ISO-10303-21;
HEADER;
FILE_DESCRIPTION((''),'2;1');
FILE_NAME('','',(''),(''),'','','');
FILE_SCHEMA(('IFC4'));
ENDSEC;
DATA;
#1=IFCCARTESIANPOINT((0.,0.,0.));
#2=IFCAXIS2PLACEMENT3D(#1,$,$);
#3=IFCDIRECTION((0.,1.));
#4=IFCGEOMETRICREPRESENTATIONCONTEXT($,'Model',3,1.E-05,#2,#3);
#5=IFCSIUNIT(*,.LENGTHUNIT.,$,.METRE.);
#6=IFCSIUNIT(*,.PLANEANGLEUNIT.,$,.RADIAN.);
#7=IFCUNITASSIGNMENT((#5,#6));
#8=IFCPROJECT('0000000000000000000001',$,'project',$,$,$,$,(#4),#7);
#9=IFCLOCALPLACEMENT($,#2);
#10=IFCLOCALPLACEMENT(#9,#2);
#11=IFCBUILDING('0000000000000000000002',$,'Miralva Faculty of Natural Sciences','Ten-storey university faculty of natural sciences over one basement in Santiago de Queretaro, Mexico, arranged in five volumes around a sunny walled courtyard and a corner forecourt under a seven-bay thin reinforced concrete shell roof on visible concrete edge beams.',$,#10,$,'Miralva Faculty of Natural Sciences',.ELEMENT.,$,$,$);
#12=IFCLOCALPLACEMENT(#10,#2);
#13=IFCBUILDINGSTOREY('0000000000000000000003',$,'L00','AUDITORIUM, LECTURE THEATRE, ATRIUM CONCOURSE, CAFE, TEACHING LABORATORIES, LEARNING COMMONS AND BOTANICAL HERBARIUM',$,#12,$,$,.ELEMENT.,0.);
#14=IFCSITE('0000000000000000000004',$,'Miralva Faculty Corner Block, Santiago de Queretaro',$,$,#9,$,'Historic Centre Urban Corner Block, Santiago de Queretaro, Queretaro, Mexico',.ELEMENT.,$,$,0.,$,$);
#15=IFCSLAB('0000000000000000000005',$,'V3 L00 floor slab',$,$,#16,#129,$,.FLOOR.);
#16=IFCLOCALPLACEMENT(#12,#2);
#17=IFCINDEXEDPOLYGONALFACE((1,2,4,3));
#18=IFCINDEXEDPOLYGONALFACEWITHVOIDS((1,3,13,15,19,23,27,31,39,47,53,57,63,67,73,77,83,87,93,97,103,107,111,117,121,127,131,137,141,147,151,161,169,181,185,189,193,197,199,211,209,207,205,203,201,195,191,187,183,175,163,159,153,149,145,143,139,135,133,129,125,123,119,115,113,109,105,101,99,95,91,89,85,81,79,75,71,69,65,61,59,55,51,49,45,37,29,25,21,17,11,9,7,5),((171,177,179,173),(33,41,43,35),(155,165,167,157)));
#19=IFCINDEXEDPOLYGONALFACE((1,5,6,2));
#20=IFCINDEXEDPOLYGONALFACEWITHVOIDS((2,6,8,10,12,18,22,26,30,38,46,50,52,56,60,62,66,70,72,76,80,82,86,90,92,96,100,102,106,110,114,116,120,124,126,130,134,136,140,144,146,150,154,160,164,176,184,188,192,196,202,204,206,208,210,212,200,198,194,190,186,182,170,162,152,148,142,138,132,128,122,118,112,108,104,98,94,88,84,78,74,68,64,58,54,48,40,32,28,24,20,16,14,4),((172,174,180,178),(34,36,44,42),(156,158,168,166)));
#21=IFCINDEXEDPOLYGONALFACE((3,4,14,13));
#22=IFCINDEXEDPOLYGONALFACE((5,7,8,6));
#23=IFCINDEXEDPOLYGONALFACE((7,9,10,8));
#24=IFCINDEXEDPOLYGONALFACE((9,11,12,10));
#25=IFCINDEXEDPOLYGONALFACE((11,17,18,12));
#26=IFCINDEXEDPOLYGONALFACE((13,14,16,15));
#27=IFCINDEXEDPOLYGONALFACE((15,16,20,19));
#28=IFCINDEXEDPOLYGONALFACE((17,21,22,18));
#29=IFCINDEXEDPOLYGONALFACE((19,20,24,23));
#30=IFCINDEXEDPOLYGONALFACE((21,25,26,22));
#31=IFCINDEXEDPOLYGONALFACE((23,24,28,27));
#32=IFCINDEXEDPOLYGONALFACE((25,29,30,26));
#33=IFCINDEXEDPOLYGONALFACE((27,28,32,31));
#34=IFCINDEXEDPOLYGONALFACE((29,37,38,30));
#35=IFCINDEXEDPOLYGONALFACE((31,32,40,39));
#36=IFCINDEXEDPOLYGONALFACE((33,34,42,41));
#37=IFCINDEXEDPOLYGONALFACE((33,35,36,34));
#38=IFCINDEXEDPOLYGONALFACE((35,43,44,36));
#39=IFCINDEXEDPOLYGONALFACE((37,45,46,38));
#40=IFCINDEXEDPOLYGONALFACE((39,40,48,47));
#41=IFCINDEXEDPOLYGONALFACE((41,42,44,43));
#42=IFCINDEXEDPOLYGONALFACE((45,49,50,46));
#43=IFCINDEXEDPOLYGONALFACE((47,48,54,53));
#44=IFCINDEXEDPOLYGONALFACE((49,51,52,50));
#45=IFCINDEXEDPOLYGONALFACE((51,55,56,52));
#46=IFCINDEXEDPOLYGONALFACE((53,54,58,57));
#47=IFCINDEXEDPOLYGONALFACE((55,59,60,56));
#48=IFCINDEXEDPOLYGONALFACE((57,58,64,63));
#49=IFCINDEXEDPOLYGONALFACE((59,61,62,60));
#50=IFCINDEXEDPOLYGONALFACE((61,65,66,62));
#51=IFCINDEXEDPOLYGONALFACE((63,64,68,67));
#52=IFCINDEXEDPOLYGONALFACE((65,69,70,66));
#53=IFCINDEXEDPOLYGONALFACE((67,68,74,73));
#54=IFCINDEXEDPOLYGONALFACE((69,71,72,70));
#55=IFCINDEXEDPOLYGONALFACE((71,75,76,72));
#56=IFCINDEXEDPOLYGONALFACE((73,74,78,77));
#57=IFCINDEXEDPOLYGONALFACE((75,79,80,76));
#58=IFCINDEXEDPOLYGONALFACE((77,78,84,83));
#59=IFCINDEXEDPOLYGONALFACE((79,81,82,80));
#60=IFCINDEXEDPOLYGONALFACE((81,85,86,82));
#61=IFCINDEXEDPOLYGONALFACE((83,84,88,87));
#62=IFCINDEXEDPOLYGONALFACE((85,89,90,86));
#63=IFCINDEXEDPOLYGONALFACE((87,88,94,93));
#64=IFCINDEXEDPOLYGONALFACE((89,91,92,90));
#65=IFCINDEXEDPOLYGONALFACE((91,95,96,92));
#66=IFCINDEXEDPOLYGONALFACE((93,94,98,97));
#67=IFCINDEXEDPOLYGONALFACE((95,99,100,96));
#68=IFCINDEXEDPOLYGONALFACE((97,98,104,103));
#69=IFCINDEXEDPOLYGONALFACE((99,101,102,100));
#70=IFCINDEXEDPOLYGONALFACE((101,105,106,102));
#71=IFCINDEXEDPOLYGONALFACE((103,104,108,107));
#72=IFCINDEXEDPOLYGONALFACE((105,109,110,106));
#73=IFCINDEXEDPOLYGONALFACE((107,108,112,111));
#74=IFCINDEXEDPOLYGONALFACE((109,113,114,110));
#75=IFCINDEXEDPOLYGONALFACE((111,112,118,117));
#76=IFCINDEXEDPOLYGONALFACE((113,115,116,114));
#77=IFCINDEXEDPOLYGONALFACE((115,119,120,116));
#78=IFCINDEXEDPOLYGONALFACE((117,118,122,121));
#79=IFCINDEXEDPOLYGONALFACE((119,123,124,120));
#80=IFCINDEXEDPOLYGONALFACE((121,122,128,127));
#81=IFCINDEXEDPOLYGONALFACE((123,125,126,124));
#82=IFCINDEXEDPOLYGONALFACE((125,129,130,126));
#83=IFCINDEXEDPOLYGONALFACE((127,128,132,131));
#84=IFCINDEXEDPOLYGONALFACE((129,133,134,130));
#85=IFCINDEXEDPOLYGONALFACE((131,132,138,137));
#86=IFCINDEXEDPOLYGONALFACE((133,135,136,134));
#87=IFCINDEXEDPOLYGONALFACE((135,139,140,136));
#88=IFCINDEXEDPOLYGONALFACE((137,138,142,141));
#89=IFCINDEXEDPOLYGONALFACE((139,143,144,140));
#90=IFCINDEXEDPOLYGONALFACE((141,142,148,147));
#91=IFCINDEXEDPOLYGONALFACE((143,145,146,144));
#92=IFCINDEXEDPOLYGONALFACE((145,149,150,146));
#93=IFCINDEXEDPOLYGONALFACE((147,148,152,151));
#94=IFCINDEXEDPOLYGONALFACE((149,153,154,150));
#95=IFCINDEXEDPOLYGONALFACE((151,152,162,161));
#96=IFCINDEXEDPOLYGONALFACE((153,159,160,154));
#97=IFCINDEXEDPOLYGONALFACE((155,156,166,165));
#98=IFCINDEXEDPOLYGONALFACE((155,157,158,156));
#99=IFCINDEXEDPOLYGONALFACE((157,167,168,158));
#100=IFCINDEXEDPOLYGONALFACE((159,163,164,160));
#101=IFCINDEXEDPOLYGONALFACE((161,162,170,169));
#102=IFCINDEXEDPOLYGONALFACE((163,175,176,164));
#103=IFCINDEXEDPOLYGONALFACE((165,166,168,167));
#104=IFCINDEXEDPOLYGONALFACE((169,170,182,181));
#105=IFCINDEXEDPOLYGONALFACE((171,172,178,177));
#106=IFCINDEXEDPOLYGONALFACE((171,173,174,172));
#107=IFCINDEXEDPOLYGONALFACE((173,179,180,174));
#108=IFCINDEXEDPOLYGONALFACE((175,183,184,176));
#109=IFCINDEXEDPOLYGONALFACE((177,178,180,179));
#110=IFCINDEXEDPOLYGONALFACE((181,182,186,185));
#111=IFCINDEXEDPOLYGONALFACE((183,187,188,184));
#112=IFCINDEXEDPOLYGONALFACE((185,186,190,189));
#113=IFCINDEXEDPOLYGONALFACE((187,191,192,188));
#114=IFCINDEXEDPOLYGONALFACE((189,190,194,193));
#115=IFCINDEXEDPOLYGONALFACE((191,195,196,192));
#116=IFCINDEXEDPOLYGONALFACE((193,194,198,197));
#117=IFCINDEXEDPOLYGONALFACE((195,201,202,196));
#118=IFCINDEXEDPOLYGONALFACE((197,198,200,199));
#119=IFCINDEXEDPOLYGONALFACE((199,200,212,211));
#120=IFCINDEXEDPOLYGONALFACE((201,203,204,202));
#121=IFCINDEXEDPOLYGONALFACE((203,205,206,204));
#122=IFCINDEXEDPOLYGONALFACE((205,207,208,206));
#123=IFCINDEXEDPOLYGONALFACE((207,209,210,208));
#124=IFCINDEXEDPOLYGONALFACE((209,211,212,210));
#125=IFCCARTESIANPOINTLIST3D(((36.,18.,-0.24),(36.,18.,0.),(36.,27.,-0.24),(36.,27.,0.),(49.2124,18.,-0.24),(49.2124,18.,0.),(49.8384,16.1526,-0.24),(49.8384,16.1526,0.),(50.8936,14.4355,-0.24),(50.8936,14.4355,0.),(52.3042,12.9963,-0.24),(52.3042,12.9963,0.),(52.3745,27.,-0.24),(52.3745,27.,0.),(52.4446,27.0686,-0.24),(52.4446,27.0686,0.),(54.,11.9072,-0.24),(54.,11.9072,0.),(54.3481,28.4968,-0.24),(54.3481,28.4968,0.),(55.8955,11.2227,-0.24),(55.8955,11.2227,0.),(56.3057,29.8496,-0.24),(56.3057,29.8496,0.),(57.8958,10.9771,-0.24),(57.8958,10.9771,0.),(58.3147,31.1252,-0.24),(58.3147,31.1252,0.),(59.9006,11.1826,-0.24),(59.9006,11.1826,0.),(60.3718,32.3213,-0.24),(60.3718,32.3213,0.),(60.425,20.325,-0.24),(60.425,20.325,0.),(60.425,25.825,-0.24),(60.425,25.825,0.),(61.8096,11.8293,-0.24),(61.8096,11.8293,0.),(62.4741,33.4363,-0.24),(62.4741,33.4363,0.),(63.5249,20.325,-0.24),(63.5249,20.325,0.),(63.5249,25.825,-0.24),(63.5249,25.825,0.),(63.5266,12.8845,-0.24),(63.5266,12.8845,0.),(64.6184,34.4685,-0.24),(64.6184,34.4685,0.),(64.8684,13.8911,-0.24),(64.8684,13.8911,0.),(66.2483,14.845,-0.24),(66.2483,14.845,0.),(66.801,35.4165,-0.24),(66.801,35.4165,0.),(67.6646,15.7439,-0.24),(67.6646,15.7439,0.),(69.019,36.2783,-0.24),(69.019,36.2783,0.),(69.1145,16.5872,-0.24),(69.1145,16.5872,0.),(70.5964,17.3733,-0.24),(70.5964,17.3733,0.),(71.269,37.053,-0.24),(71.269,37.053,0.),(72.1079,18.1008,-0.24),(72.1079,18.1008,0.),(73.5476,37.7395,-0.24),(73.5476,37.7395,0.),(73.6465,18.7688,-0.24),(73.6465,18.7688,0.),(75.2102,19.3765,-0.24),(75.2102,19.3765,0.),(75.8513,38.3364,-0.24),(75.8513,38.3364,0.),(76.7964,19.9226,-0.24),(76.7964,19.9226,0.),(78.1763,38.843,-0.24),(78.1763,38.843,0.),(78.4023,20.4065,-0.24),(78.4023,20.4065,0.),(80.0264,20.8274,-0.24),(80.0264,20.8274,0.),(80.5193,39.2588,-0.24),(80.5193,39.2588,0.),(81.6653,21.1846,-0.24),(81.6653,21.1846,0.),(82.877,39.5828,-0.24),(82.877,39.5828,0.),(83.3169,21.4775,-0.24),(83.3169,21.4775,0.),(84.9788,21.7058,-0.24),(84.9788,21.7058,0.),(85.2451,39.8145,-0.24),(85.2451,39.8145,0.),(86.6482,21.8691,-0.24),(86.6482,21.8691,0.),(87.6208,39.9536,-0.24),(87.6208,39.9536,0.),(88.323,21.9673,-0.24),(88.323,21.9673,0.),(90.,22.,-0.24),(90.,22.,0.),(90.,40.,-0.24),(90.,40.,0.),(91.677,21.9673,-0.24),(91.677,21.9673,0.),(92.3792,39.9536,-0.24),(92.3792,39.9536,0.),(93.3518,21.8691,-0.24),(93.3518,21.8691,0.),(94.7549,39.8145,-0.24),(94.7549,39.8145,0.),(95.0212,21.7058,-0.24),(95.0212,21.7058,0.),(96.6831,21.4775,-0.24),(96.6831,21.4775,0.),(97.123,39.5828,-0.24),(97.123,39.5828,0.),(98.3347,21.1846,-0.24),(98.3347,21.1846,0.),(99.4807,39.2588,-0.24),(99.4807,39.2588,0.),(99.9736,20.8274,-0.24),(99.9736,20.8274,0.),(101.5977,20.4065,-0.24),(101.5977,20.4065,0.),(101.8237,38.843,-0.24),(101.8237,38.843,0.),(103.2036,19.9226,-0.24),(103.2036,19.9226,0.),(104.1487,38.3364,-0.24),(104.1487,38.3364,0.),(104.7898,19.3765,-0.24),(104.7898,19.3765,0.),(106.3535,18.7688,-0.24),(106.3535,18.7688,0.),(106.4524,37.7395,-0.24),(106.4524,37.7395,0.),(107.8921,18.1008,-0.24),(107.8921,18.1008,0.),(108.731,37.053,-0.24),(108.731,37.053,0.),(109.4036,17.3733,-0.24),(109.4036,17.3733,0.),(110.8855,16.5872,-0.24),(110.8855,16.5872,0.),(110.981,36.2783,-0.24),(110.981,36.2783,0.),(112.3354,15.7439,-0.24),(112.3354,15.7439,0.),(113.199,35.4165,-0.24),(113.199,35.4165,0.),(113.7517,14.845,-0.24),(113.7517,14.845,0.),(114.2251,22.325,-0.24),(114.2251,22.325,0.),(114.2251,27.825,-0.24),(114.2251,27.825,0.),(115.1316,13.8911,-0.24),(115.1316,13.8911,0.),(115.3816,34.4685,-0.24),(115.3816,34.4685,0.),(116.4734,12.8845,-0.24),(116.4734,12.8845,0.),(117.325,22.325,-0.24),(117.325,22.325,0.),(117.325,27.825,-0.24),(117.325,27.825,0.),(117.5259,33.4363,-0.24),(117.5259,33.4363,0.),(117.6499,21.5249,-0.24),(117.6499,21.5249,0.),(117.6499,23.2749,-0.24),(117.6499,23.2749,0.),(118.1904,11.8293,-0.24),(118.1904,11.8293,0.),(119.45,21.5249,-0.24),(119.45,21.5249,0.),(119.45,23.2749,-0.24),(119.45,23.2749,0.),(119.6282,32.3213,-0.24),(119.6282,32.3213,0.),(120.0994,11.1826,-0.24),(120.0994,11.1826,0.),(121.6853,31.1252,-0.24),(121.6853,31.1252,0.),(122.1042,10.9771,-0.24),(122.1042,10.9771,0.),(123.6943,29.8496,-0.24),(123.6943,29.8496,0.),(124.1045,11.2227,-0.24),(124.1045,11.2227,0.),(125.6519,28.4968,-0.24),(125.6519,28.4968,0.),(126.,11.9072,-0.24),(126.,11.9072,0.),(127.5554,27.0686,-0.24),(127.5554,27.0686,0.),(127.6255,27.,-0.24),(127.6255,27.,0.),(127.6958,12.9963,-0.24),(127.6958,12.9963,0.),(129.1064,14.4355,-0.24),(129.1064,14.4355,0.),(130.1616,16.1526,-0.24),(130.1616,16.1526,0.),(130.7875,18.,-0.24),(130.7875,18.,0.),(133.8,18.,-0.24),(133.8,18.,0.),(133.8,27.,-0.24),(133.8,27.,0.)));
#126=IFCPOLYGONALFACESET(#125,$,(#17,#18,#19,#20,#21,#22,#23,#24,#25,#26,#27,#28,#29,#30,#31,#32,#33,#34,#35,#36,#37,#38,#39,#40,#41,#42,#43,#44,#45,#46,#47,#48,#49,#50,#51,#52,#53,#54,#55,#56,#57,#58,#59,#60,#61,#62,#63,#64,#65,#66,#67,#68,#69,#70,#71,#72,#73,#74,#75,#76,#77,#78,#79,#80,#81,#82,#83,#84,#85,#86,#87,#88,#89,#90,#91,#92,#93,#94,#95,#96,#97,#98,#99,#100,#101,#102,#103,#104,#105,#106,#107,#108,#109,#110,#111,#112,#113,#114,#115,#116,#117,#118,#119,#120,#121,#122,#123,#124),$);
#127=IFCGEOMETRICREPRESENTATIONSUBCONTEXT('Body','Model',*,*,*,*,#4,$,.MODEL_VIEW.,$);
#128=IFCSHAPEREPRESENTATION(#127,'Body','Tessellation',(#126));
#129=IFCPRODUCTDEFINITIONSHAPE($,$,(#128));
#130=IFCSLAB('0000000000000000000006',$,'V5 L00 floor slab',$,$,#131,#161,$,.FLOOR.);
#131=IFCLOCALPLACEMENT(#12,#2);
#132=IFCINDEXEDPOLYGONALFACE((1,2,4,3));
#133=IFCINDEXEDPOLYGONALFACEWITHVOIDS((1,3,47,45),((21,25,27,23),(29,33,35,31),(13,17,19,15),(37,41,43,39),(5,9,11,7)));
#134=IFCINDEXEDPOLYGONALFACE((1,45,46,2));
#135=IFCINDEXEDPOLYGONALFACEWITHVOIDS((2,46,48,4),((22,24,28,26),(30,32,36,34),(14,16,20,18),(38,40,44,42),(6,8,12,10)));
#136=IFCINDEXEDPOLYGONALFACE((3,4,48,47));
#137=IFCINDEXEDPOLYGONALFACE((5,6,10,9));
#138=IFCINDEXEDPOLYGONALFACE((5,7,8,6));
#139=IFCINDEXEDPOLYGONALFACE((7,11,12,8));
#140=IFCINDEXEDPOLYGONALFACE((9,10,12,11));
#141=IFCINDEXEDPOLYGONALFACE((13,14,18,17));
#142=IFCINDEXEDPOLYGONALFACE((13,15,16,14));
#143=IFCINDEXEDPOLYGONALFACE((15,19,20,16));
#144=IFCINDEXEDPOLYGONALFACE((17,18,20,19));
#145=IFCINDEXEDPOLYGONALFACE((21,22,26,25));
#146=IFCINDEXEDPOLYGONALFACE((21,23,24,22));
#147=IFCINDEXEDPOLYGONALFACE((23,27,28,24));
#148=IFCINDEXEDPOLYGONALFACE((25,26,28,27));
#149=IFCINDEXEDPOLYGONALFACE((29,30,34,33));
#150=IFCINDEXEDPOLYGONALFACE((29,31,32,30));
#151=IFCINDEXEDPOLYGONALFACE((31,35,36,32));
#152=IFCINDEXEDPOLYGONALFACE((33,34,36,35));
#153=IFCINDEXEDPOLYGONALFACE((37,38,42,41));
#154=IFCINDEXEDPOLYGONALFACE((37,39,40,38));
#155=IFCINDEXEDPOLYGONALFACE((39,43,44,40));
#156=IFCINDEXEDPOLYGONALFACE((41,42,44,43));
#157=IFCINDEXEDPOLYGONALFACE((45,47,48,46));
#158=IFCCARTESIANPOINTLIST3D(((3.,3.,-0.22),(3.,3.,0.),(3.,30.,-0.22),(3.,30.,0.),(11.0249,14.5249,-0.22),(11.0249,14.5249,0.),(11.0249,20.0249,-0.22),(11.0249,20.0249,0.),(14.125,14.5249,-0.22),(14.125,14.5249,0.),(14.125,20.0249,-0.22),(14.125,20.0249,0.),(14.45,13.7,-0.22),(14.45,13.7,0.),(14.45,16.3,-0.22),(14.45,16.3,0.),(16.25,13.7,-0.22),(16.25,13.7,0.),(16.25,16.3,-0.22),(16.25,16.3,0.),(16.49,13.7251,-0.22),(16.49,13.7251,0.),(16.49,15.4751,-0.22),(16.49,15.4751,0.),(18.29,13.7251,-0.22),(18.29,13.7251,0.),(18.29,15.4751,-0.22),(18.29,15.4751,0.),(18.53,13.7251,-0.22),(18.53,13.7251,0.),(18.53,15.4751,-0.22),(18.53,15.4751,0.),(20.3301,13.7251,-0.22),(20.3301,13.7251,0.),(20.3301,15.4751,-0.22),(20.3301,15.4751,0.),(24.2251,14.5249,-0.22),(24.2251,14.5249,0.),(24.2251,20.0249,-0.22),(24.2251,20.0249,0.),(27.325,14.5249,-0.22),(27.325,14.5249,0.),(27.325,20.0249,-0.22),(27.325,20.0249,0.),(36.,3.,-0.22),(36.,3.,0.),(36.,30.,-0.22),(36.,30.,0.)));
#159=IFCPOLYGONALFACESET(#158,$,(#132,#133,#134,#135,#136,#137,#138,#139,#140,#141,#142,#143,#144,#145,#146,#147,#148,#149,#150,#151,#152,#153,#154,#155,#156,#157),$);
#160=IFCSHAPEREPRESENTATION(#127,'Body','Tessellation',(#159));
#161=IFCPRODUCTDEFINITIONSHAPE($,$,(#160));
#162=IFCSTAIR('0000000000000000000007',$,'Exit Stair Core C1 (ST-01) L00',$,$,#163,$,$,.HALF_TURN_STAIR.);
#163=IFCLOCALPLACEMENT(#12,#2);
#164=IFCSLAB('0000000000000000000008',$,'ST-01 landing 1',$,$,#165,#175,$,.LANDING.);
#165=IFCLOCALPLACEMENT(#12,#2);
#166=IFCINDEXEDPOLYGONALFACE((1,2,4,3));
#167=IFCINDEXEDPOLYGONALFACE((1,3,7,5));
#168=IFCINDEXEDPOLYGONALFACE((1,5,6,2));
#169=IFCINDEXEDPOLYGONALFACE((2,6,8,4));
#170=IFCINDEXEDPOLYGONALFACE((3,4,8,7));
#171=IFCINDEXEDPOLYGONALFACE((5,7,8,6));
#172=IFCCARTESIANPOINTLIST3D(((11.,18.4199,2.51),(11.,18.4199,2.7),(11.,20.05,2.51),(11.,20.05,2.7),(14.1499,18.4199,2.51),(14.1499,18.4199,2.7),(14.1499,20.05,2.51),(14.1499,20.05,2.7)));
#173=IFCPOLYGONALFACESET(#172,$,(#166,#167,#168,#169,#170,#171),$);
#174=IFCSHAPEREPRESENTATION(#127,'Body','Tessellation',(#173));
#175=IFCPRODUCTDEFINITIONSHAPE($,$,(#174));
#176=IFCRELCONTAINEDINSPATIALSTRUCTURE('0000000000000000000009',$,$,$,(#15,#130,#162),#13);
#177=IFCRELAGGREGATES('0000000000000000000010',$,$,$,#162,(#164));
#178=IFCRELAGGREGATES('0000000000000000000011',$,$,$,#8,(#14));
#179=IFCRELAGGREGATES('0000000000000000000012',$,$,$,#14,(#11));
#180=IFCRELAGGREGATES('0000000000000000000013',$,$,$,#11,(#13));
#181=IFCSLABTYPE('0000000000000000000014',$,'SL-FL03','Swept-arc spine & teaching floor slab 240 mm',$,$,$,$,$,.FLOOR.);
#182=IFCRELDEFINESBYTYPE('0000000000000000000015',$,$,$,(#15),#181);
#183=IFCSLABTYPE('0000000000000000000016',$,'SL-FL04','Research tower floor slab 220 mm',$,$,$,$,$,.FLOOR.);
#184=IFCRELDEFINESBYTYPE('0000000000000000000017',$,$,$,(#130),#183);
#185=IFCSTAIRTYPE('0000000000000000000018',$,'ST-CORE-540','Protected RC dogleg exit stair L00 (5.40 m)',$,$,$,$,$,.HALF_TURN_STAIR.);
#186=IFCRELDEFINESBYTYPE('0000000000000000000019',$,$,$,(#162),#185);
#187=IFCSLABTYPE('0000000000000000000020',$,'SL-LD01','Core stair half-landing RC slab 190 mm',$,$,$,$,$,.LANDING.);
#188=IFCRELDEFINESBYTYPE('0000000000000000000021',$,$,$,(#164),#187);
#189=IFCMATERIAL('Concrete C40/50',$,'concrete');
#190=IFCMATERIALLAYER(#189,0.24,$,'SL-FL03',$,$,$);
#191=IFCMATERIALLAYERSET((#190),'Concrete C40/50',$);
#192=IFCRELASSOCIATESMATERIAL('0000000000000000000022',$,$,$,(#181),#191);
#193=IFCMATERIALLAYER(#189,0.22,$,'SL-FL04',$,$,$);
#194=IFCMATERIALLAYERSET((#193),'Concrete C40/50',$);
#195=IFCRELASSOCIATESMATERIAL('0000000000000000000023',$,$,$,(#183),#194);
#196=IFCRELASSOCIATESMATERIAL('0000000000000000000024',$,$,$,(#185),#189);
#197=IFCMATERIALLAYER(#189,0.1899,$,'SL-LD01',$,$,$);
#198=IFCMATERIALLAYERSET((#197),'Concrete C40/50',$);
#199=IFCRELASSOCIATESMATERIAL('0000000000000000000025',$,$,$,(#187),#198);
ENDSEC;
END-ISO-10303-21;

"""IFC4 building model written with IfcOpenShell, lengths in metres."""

from ifc_helpers import new_model, si_unit, direction, frame, origin, place, context, subcontext, project, spatial, polyline, outline, extrude, material, layer, layer_set, type_object, element, aggregate, save


model = new_model("IFC4")

# Units and contexts
model_context = context("Model", 3, precision=1e-05, world=origin(), true_north=direction((0.0, 1.0)))
body_context = subcontext(model_context, "Body", "Model", "MODEL_VIEW")
ifc_project = project(units=[si_unit("LENGTHUNIT", "METRE"), si_unit("PLANEANGLEUNIT", "RADIAN")], contexts=[model_context])

# Site, building, storey
site_placement = place(None, origin())
site = spatial("IfcSite", under=ifc_project, at=site_placement, Name="Miralva Faculty Corner Block, Santiago de Queretaro", LongName="Historic Centre Urban Corner Block, Santiago de Queretaro, Queretaro, Mexico", CompositionType="ELEMENT", RefElevation=0.0)
building_placement = place(site_placement, origin())
building = spatial("IfcBuilding", under=site, at=building_placement, Name="Miralva Faculty of Natural Sciences", Description="Ten-storey university faculty of natural sciences over one basement in Santiago de Queretaro, Mexico, arranged in five volumes around a sunny walled courtyard and a corner forecourt under a seven-bay thin reinforced concrete shell roof on visible concrete edge beams.", LongName="Miralva Faculty of Natural Sciences", CompositionType="ELEMENT")
storey_placement = place(building_placement, origin())
storey = spatial("IfcBuildingStorey", under=building, at=storey_placement, Name="L00", Description="AUDITORIUM, LECTURE THEATRE, ATRIUM CONCOURSE, CAFE, TEACHING LABORATORIES, LEARNING COMMONS AND BOTANICAL HERBARIUM", CompositionType="ELEMENT", Elevation=0.0)

# Shared definitions
ifc_material_1 = material(Name="Concrete C40/50", Category="concrete")

# Slabs
ifc_layer_1 = layer(ifc_material_1, 0.24, Name="SL-FL03")
ifc_layer_set_1 = layer_set([ifc_layer_1], Name="Concrete C40/50")
slab_type_1 = type_object("IfcSlabType", Name="SL-FL03", Description="Swept-arc spine & teaching floor slab 240 mm", PredefinedType="FLOOR", material=ifc_layer_set_1)
slab_1_placement = place(storey_placement, frame((0.0, 0.0, -0.24)))
element("IfcSlab", 1, at=slab_1_placement, inside=storey, type_object=slab_type_1, Name="V3 L00 floor slab", PredefinedType="FLOOR", context=body_context, shape_type="SweptSolid", body=[
    extrude(outline(polyline([(36.0, 27.0), (52.3745, 27.0), (52.4446, 27.0686), (54.3481, 28.4968), (56.3057, 29.8496), (58.3147, 31.1252), (60.3718, 32.3213), (62.4741, 33.4363), (64.6184, 34.4685), (66.801, 35.4165), (69.019, 36.2783), (71.269, 37.053), (73.5476, 37.7395), (75.8513, 38.3364), (78.1763, 38.843), (80.5193, 39.2588), (82.877, 39.5828), (85.2451, 39.8145), (87.6208, 39.9536), (90.0, 40.0), (92.3792, 39.9536), (94.7549, 39.8145), (97.123, 39.5828), (99.4807, 39.2588), (101.8237, 38.843), (104.1487, 38.3364), (106.4524, 37.7395), (108.731, 37.053), (110.981, 36.2783), (113.199, 35.4165), (115.3816, 34.4685), (117.5259, 33.4363), (119.6282, 32.3213), (121.6853, 31.1252), (123.6943, 29.8496), (125.6519, 28.4968), (127.5554, 27.0686), (127.6255, 27.0), (133.8, 27.0), (133.8, 18.0), (130.7876, 18.0), (130.8083, 18.0615), (130.1616, 16.1526), (129.1064, 14.4355), (127.6958, 12.9963), (126.0, 11.9072), (124.1045, 11.2227), (122.1042, 10.9771), (120.0994, 11.1826), (118.1904, 11.8293), (116.4734, 12.8845), (115.1316, 13.8911), (113.7517, 14.845), (112.3354, 15.7439), (110.8855, 16.5872), (109.4036, 17.3733), (107.8921, 18.1008), (106.3535, 18.7688), (104.7898, 19.3765), (103.2036, 19.9226), (101.5977, 20.4065), (99.9736, 20.8274), (98.3347, 21.1846), (96.6831, 21.4775), (95.0212, 21.7058), (93.3518, 21.8691), (91.677, 21.9673), (90.0, 22.0), (88.323, 21.9673), (86.6482, 21.8691), (84.9788, 21.7058), (83.3169, 21.4775), (81.6653, 21.1846), (80.0264, 20.8274), (78.4023, 20.4065), (76.7964, 19.9226), (75.2102, 19.3765), (73.6465, 18.7688), (72.1079, 18.1008), (70.5964, 17.3733), (69.1145, 16.5872), (67.6646, 15.7439), (66.2483, 14.845), (64.8684, 13.8911), (63.5266, 12.8845), (61.8096, 11.8293), (59.9006, 11.1826), (57.8958, 10.9771), (55.8955, 11.2227), (54.0, 11.9072), (52.3042, 12.9963), (50.8936, 14.4355), (49.8384, 16.1526), (49.2124, 18.0), (36.0, 18.0), (36.0, 27.0)]), holes=[polyline([(117.325, 22.325), (114.2251, 22.325), (114.2251, 27.825), (117.325, 27.825), (117.325, 22.325)]), polyline([(119.45, 21.5249), (117.6499, 21.5249), (117.6499, 23.2749), (119.45, 23.2749), (119.45, 21.5249)]), polyline([(63.5249, 20.325), (60.425, 20.325), (60.425, 25.825), (63.5249, 25.825), (63.5249, 20.325)])]), origin(), (0.0, 0.0, 1.0), 0.24),
])
ifc_layer_2 = layer(ifc_material_1, 0.22, Name="SL-FL04")
ifc_layer_set_2 = layer_set([ifc_layer_2], Name="Concrete C40/50")
slab_type_2 = type_object("IfcSlabType", Name="SL-FL04", Description="Research tower floor slab 220 mm", PredefinedType="FLOOR", material=ifc_layer_set_2)
slab_2_placement = place(storey_placement, frame((0.0, 0.0, -0.22)))
element("IfcSlab", 2, at=slab_2_placement, inside=storey, type_object=slab_type_2, Name="V5 L00 floor slab", PredefinedType="FLOOR", context=body_context, shape_type="SweptSolid", body=[
    extrude(outline(polyline([(36.0, 3.0), (3.0, 3.0), (3.0, 30.0), (36.0, 30.0), (36.0, 3.0)]), holes=[polyline([(14.125, 14.5249), (11.0249, 14.5249), (11.0249, 20.0249), (14.125, 20.0249), (14.125, 14.5249)]), polyline([(16.25, 13.7), (14.45, 13.7), (14.45, 16.3), (16.25, 16.3), (16.25, 13.7)]), polyline([(18.29, 13.7251), (16.49, 13.7251), (16.49, 15.4751), (18.29, 15.4751), (18.29, 13.7251)]), polyline([(27.325, 14.5249), (24.2251, 14.5249), (24.2251, 20.0249), (27.325, 20.0249), (27.325, 14.5249)]), polyline([(20.3301, 13.7251), (18.53, 13.7251), (18.53, 15.4751), (20.3301, 15.4751), (20.3301, 13.7251)])]), origin(), (0.0, 0.0, 1.0), 0.22),
])

# Stair, slab
stair_type = type_object("IfcStairType", Name="ST-CORE-540", Description="Protected RC dogleg exit stair L00 (5.40 m)", PredefinedType="HALF_TURN_STAIR", material=ifc_material_1)
stair_1_placement = place(storey_placement, origin())
stair_1 = element("IfcStair", 3, at=stair_1_placement, inside=storey, type_object=stair_type, Name="Exit Stair Core C1 (ST-01) L00", PredefinedType="HALF_TURN_STAIR")
ifc_layer_3 = layer(ifc_material_1, 0.1899, Name="SL-LD01")
ifc_layer_set_3 = layer_set([ifc_layer_3], Name="Concrete C40/50")
slab_type_3 = type_object("IfcSlabType", Name="SL-LD01", Description="Core stair half-landing RC slab 190 mm", PredefinedType="LANDING", material=ifc_layer_set_3)
slab_3_placement = place(storey_placement, frame((0.0, 0.0, 2.51)))
slab_3 = element("IfcSlab", 4, at=slab_3_placement, type_object=slab_type_3, Name="ST-01 landing 1", PredefinedType="LANDING", context=body_context, shape_type="SweptSolid", body=[
    extrude(outline(polyline([(14.1499, 18.4199), (14.1499, 20.05), (11.0, 20.05), (11.0, 18.4199), (14.1499, 18.4199)])), origin(), (0.0, 0.0, 1.0), 0.1899),
])
aggregate(stair_1, [slab_3])

save(model, "model.ifc")
